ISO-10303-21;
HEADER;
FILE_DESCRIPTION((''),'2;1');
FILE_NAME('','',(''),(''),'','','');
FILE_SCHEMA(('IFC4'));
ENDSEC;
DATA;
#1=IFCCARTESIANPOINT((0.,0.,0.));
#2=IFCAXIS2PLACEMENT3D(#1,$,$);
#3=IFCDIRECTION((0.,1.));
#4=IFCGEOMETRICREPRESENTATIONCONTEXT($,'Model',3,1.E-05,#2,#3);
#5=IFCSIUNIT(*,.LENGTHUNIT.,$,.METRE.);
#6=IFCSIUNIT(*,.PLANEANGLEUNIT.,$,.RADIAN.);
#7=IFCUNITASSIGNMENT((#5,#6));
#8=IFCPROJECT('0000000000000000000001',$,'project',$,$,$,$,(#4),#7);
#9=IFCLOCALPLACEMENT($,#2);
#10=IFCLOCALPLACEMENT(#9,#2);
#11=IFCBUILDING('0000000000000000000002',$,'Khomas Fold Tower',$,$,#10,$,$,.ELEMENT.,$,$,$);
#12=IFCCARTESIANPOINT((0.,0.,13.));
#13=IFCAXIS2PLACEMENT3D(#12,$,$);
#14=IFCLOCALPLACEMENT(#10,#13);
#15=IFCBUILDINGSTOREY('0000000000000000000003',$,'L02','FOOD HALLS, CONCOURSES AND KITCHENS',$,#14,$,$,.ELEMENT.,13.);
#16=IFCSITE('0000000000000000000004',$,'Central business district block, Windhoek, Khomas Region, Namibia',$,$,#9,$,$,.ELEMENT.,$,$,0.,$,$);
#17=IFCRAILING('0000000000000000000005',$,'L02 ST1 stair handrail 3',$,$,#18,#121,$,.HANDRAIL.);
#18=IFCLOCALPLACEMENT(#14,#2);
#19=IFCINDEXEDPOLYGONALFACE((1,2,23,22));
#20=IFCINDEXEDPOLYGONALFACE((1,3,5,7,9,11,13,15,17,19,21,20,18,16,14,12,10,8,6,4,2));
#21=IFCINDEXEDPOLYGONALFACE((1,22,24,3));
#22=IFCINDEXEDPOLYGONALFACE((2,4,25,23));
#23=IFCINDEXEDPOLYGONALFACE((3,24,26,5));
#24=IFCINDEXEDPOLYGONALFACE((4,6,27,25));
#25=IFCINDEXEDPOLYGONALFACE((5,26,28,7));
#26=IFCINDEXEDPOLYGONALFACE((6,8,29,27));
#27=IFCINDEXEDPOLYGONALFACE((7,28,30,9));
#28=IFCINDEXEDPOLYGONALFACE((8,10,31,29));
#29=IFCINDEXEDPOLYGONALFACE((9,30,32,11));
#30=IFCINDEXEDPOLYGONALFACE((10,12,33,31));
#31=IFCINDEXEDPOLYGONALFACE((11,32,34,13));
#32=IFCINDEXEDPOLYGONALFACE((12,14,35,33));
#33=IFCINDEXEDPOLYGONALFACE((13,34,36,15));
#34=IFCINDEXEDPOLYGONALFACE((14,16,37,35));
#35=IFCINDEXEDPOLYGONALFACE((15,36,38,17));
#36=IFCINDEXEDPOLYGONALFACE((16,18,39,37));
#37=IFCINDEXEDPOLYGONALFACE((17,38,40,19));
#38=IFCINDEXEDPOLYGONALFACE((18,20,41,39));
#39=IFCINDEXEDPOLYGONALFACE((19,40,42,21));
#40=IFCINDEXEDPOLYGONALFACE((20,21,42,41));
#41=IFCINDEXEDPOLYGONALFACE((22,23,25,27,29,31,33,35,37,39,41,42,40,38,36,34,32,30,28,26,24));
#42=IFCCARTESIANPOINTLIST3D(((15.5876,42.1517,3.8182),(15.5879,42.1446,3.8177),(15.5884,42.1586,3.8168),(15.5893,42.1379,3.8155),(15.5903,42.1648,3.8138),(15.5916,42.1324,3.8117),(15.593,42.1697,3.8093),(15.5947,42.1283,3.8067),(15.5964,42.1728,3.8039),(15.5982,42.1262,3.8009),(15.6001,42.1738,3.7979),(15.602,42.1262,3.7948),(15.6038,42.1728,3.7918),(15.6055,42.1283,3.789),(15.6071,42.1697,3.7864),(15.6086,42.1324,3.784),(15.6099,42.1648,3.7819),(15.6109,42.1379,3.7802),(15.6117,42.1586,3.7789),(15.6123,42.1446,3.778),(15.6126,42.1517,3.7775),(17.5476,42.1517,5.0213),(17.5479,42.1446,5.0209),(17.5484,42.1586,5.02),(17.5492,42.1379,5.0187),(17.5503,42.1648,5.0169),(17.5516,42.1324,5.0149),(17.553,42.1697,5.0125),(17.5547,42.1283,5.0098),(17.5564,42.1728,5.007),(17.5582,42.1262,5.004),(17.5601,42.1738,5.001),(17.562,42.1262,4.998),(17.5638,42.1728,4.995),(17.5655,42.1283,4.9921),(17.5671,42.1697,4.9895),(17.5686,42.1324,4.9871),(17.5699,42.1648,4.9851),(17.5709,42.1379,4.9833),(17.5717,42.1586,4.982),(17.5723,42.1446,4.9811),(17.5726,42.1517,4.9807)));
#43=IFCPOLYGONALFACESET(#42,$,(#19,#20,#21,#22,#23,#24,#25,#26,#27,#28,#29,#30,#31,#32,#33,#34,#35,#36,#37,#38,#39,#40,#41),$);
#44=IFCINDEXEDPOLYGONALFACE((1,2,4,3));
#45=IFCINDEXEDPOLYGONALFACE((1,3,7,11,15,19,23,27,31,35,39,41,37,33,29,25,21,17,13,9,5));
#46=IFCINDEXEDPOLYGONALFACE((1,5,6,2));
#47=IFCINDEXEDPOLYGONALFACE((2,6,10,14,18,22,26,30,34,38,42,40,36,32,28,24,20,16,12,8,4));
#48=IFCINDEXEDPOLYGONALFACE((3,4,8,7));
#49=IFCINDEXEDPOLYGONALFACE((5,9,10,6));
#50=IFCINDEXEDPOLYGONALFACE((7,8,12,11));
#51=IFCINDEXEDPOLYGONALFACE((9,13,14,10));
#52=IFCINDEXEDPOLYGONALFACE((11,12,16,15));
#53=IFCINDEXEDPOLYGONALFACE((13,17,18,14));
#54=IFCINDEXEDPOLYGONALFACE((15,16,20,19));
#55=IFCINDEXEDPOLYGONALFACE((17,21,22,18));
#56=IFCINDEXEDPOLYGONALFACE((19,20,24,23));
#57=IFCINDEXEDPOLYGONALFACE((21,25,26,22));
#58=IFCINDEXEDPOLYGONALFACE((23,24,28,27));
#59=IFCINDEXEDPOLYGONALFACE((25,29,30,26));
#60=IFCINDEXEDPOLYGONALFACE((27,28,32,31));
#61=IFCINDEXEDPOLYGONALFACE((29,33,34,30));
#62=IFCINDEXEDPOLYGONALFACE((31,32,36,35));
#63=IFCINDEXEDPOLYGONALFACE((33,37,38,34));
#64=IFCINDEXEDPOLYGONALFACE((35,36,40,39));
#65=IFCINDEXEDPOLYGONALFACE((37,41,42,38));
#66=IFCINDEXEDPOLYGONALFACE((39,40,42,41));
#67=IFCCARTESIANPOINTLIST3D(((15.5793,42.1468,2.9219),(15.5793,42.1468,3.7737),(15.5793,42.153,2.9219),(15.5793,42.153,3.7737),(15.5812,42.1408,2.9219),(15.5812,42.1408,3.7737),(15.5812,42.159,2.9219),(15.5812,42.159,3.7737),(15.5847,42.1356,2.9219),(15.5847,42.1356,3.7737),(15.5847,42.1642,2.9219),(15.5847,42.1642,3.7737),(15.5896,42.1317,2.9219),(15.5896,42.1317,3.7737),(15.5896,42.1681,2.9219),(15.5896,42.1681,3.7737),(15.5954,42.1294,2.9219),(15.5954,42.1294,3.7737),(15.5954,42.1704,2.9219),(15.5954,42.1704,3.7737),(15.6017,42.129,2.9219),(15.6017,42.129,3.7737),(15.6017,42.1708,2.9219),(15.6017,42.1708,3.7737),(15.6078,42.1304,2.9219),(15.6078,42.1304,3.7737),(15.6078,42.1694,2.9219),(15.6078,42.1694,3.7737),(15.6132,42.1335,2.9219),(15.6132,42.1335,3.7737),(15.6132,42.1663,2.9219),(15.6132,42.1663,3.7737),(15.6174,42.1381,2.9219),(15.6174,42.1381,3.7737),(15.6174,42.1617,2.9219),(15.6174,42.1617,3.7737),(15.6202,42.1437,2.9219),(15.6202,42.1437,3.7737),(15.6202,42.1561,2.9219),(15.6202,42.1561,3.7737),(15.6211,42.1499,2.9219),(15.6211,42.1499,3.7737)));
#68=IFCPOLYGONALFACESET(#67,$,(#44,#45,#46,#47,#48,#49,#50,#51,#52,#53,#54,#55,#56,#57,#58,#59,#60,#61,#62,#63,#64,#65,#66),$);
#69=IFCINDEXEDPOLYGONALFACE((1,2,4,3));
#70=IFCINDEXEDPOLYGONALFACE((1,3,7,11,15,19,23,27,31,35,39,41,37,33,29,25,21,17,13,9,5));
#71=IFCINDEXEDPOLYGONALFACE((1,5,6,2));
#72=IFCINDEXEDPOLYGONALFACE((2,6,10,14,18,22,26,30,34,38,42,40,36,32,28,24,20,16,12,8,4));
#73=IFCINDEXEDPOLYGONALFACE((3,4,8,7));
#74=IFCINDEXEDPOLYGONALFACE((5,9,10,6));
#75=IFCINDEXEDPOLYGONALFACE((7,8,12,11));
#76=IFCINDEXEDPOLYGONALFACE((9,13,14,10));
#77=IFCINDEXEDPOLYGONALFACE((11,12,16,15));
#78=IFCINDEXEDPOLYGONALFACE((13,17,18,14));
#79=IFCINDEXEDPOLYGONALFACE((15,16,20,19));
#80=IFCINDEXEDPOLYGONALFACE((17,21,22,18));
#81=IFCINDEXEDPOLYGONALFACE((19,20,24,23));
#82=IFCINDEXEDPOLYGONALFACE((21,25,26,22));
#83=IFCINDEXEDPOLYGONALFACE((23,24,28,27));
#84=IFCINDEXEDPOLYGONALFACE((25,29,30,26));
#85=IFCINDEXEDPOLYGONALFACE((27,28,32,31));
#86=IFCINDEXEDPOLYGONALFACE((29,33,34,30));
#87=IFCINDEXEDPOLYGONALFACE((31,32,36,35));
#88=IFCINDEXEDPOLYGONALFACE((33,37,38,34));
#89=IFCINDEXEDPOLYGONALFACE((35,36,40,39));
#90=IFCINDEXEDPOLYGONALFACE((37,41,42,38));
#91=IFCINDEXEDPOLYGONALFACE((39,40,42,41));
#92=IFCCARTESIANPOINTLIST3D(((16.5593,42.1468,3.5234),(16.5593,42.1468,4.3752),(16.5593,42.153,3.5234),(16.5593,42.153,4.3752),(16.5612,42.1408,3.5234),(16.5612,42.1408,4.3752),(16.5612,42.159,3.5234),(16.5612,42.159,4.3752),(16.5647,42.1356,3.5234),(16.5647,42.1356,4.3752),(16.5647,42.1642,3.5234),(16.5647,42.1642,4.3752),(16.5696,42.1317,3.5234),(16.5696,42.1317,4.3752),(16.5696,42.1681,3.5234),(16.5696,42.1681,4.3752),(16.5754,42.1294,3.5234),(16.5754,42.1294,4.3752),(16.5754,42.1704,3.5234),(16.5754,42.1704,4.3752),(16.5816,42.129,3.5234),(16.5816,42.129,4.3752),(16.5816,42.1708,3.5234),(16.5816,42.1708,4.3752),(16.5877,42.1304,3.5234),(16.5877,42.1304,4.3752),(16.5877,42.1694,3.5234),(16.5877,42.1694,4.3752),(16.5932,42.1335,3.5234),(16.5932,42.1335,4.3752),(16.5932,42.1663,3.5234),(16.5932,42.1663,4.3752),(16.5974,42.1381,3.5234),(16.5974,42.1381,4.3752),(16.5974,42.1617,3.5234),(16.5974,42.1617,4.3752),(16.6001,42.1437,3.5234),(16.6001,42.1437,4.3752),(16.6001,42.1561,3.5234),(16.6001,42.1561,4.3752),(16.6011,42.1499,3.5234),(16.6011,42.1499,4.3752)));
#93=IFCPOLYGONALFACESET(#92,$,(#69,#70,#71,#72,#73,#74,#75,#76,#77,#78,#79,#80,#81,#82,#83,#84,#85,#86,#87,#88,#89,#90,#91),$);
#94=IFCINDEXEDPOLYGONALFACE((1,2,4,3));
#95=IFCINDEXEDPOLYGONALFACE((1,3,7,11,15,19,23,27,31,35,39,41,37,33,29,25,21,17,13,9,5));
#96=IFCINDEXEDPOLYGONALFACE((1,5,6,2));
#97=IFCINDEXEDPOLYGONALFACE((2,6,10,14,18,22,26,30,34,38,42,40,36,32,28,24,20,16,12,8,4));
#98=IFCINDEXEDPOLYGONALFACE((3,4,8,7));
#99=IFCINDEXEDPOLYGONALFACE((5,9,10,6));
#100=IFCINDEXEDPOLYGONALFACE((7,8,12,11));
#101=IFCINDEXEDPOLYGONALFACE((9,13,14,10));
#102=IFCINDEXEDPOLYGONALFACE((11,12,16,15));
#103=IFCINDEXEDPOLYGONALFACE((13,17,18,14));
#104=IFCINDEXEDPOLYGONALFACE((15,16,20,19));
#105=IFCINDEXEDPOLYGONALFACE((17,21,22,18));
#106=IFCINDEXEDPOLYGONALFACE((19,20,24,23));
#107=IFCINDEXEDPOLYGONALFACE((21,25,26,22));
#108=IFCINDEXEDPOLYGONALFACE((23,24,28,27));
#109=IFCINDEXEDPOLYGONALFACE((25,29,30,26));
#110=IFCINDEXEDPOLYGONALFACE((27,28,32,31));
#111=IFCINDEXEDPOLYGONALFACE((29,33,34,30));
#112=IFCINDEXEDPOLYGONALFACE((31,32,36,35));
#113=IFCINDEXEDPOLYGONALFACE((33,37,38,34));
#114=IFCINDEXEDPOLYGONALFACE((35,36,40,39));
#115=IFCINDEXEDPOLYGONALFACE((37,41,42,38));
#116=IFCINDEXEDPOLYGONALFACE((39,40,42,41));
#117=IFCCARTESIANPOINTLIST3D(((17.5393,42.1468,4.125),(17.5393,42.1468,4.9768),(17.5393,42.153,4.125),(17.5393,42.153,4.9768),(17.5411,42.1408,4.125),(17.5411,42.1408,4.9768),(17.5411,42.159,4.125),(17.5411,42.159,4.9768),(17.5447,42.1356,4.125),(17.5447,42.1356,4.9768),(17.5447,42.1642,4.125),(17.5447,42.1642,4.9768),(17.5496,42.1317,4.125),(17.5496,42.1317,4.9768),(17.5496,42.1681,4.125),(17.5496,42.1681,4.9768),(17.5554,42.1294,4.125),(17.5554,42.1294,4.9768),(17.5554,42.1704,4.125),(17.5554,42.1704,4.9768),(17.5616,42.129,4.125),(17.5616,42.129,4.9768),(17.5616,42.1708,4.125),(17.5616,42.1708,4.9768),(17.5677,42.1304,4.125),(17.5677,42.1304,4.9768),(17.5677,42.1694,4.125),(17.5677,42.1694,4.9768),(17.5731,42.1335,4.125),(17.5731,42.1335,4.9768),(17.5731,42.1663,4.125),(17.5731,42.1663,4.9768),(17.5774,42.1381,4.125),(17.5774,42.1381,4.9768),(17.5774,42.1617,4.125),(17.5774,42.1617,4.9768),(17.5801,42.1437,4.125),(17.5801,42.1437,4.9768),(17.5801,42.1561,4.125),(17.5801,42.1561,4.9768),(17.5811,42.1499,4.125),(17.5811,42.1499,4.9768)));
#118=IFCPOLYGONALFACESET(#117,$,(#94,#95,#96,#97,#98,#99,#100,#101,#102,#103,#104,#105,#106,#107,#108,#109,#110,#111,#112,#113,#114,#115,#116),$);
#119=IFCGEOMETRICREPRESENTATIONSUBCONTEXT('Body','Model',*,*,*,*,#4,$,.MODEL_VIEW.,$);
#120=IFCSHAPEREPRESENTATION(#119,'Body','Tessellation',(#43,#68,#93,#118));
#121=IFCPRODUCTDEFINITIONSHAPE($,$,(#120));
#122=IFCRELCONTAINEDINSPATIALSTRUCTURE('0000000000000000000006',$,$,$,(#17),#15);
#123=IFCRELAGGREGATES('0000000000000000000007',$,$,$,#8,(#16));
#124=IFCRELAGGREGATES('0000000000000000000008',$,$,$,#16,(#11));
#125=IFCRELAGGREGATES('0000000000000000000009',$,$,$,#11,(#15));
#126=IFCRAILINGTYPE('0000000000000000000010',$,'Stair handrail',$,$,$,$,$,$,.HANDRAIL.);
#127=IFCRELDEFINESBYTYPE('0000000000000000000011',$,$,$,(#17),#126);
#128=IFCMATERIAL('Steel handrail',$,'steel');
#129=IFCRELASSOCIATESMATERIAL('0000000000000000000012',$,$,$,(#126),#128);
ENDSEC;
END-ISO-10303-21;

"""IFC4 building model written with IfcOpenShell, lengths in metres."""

from ifc_helpers import new_model, si_unit, direction, frame, origin, origin_2d, place, context, subcontext, project, spatial, circle, extrude, source, transform, mapped, material, type_object, element, save


model = new_model("IFC4")

# Units and contexts
model_context = context("Model", 3, precision=1e-05, world=origin(), true_north=direction((0.0, 1.0)))
body_context = subcontext(model_context, "Body", "Model", "MODEL_VIEW")
ifc_project = project(units=[si_unit("LENGTHUNIT", "METRE"), si_unit("PLANEANGLEUNIT", "RADIAN")], contexts=[model_context])

# Site, building, storey
site_placement = place(None, origin())
site = spatial("IfcSite", under=ifc_project, at=site_placement, Name="Central business district block, Windhoek, Khomas Region, Namibia", CompositionType="ELEMENT", RefElevation=0.0)
building_placement = place(site_placement, origin())
building = spatial("IfcBuilding", under=site, at=building_placement, Name="Khomas Fold Tower", CompositionType="ELEMENT")
storey_placement = place(building_placement, frame((0.0, 0.0, 13.0)))
storey = spatial("IfcBuildingStorey", under=building, at=storey_placement, Name="L02", Description="FOOD HALLS, CONCOURSES AND KITCHENS", CompositionType="ELEMENT", Elevation=13.0)

# Railing
ifc_material_1 = material(Name="Steel handrail", Category="steel")
railing_type_1 = type_object("IfcRailingType", Name="Stair handrail", PredefinedType="HANDRAIL", material=ifc_material_1)
shared_shape_1 = source(origin(), body_context, "Body", "SweptSolid", [
    extrude(circle(Radius=0.0239, at=origin_2d()), frame((0.0, 0.0, 0.876), z_axis=(0.852241, 0.0, 0.523149), x_axis=(0.0, 1.0, 0.0)), (0.0, 0.0, 1.0), 2.2998),
    extrude(circle(Radius=0.021, at=origin_2d()), origin(), (0.0, 0.0, 1.0), 0.8518),
    extrude(circle(Radius=0.021, at=origin_2d()), frame((0.98, 0.0, 0.6016)), (0.0, 0.0, 1.0), 0.8518),
    extrude(circle(Radius=0.021, at=origin_2d()), frame((1.96, 0.0, 1.2031)), (0.0, 0.0, 1.0), 0.8518),
])
for number, where, name in (
    (1, (15.6001, 42.1499, 2.9219), "L02 ST1 stair handrail 3"),
):
    element("IfcRailing", number, at=place(storey_placement, frame(where)), inside=storey, type_object=railing_type_1, Name=name, PredefinedType="HANDRAIL", context=body_context, shape_type="MappedRepresentation", body=[
        mapped(shared_shape_1, transform((0.0, 0.0, 0.0))),
    ])

save(model, "model.ifc")
